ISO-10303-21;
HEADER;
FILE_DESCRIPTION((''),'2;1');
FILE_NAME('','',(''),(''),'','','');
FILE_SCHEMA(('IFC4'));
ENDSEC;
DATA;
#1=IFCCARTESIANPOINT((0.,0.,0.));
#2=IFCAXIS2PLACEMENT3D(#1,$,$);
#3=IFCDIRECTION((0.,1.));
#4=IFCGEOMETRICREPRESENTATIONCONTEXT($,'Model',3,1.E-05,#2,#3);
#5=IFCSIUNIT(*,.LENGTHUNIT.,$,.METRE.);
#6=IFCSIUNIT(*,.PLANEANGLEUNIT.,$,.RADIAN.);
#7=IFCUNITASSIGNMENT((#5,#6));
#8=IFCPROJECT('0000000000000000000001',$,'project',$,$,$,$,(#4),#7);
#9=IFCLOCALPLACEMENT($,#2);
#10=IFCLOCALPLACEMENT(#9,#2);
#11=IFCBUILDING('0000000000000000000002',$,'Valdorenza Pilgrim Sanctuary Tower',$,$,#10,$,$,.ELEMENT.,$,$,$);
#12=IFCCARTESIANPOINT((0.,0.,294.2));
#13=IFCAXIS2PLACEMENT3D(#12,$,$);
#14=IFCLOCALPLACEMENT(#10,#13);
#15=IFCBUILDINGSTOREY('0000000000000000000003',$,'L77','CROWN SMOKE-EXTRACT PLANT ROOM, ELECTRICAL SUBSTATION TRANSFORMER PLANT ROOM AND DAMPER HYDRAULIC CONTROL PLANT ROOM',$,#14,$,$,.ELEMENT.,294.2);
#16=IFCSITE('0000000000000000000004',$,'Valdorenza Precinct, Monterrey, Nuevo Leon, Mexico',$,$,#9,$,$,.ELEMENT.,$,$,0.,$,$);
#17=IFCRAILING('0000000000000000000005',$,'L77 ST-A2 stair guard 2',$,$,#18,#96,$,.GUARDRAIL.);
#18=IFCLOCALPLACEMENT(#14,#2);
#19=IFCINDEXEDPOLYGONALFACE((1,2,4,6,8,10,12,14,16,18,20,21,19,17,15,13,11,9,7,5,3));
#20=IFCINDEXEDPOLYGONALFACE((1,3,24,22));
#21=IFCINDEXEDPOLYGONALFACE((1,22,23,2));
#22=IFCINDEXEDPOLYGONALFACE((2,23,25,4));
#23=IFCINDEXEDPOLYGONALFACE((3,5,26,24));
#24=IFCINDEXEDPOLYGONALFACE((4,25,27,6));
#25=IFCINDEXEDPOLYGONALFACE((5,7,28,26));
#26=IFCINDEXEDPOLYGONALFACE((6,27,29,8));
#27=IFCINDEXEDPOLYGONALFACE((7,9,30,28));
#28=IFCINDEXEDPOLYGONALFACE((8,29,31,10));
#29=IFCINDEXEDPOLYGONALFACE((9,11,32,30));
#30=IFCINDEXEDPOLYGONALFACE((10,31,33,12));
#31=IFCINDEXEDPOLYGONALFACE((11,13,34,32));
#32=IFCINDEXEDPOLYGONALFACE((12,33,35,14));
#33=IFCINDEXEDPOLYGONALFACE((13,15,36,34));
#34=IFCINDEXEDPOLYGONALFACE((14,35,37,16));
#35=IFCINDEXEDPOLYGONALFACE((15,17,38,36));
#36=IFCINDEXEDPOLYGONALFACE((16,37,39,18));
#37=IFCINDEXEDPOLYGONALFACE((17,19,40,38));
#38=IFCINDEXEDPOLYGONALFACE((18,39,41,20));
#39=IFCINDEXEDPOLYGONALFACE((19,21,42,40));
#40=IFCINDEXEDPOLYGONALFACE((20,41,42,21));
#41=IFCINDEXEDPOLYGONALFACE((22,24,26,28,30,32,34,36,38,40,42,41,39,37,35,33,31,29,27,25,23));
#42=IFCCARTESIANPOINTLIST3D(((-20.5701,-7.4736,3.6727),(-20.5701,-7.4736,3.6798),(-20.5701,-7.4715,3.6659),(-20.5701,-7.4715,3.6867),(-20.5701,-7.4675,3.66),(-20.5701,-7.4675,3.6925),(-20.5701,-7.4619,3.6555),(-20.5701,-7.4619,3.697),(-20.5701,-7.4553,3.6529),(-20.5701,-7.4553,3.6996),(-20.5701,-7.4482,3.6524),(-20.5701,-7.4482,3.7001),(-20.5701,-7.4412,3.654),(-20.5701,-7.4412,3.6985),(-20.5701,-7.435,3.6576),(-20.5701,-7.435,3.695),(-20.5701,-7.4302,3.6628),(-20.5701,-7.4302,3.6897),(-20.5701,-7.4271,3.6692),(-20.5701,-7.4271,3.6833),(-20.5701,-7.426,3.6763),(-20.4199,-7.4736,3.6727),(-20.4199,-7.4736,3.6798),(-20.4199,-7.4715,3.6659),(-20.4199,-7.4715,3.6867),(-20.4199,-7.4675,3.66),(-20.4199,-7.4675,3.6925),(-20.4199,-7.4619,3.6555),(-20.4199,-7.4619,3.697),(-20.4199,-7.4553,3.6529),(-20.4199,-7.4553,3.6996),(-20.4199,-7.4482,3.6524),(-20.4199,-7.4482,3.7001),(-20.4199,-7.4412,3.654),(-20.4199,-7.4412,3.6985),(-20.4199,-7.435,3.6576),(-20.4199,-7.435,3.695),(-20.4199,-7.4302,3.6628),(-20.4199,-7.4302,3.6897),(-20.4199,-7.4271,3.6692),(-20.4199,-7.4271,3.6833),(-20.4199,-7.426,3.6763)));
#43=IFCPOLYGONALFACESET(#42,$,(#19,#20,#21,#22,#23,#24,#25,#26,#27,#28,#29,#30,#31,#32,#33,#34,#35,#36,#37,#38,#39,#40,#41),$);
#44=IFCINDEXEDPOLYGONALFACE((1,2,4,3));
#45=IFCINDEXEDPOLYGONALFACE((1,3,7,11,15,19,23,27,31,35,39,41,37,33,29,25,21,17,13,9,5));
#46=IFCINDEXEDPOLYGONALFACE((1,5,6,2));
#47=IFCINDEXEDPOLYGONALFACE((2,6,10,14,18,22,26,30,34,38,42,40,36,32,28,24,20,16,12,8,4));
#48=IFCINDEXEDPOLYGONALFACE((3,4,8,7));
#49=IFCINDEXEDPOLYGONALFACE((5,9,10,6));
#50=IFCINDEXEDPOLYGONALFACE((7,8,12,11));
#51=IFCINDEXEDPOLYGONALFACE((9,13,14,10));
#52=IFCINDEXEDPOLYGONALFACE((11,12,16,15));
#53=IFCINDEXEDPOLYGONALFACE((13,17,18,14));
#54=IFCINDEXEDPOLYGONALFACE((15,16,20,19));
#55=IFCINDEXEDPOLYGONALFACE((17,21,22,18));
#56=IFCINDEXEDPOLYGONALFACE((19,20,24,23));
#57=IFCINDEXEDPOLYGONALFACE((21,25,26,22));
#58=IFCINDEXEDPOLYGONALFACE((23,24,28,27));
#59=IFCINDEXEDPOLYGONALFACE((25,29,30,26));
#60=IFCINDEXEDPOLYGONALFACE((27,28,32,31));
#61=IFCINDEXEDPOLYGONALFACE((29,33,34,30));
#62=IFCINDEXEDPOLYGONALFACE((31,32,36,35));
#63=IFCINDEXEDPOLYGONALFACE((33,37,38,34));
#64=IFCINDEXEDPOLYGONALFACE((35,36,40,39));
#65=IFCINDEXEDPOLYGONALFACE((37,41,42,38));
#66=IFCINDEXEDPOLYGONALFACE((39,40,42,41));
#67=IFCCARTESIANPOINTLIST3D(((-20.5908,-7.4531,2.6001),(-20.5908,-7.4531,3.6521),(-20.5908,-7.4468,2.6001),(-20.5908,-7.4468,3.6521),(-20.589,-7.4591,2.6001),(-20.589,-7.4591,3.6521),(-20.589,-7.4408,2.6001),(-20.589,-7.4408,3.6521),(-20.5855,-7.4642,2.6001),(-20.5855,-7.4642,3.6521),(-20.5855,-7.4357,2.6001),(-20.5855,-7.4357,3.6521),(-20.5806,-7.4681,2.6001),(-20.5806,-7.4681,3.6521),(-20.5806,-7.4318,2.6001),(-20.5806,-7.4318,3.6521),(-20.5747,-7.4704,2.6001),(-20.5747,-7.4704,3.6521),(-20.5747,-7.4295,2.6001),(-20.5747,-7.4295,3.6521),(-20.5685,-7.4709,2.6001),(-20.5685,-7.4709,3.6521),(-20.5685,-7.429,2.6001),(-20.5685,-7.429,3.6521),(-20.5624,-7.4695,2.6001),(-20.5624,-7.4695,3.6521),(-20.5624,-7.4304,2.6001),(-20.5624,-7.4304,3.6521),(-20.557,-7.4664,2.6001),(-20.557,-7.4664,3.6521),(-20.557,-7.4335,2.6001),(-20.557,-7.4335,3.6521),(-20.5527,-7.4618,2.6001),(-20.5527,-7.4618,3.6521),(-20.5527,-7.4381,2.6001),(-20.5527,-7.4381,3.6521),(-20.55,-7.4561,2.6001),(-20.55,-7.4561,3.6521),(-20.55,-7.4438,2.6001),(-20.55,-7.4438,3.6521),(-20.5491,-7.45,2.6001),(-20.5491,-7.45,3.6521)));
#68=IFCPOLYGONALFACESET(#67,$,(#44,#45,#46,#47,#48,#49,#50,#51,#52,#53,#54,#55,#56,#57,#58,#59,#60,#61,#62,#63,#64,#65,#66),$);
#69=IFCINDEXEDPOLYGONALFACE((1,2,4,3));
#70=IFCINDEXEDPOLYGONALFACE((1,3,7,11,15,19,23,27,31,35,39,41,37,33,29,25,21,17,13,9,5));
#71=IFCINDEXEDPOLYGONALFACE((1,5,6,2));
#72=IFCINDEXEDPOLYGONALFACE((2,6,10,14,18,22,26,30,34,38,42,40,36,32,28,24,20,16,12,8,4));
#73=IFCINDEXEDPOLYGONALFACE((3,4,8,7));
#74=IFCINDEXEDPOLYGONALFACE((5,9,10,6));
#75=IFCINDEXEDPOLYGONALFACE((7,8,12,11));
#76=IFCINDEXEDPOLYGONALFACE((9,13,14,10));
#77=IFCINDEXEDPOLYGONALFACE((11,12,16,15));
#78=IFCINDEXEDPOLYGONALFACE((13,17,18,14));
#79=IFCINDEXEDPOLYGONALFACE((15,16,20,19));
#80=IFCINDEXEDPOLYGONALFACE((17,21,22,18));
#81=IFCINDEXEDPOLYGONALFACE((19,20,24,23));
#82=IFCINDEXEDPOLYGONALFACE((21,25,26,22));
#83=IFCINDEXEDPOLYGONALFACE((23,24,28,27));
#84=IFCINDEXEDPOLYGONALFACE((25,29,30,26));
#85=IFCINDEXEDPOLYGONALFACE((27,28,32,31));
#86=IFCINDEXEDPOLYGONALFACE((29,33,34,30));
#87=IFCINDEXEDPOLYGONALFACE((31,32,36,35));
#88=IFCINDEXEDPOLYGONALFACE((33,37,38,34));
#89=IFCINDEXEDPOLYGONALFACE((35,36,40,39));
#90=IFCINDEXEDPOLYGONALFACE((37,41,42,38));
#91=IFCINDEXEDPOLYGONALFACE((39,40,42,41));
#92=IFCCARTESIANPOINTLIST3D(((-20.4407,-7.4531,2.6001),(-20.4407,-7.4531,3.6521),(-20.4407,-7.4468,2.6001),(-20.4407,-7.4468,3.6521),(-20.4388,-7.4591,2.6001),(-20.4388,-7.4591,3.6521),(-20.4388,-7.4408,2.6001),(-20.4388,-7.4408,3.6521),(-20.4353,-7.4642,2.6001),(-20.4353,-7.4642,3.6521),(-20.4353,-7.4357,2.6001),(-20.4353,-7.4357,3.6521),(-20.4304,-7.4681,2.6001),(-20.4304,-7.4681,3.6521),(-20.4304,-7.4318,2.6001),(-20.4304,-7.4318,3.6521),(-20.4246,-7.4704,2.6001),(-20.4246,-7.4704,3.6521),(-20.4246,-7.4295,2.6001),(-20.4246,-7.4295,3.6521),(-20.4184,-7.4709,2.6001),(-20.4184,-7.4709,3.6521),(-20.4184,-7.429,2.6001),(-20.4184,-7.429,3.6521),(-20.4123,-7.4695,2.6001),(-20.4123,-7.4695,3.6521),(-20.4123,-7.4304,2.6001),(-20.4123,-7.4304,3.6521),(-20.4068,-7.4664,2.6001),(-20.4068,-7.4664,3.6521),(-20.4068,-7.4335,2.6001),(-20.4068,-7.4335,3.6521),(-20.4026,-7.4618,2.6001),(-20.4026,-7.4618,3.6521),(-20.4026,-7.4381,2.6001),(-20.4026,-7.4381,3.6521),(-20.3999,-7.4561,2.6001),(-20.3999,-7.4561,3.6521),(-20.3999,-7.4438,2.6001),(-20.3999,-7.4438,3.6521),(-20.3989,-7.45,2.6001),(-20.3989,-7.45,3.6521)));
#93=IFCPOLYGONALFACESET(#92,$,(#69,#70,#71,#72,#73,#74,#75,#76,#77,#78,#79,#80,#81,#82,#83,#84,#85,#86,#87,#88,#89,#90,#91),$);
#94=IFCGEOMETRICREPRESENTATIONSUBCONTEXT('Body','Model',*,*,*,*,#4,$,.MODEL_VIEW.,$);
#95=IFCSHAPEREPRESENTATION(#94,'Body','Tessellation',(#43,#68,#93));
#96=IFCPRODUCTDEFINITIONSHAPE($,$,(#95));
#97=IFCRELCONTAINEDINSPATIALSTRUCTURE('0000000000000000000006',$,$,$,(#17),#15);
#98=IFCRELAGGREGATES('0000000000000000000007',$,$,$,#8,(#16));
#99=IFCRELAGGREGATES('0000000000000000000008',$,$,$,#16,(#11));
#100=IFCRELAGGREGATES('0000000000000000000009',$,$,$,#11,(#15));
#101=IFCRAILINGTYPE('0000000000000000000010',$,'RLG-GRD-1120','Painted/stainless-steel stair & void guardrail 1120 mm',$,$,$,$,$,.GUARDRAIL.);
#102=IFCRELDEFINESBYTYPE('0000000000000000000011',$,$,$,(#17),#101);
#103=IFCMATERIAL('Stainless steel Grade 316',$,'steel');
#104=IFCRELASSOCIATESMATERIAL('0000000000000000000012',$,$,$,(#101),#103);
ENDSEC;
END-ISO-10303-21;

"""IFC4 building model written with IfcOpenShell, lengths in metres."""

from ifc_helpers import new_model, si_unit, direction, frame, origin, origin_2d, place, context, subcontext, project, spatial, circle, extrude, material, type_object, element, save


model = new_model("IFC4")

# Units and contexts
model_context = context("Model", 3, precision=1e-05, world=origin(), true_north=direction((0.0, 1.0)))
body_context = subcontext(model_context, "Body", "Model", "MODEL_VIEW")
ifc_project = project(units=[si_unit("LENGTHUNIT", "METRE"), si_unit("PLANEANGLEUNIT", "RADIAN")], contexts=[model_context])

# Site, building, storey
site_placement = place(None, origin())
site = spatial("IfcSite", under=ifc_project, at=site_placement, Name="Valdorenza Precinct, Monterrey, Nuevo Leon, Mexico", CompositionType="ELEMENT", RefElevation=0.0)
building_placement = place(site_placement, origin())
building = spatial("IfcBuilding", under=site, at=building_placement, Name="Valdorenza Pilgrim Sanctuary Tower", CompositionType="ELEMENT")
storey_placement = place(building_placement, frame((0.0, 0.0, 294.2)))
storey = spatial("IfcBuildingStorey", under=building, at=storey_placement, Name="L77", Description="CROWN SMOKE-EXTRACT PLANT ROOM, ELECTRICAL SUBSTATION TRANSFORMER PLANT ROOM AND DAMPER HYDRAULIC CONTROL PLANT ROOM", CompositionType="ELEMENT", Elevation=294.2)

# Railing
ifc_material_1 = material(Name="Stainless steel Grade 316", Category="steel")
railing_type_1 = type_object("IfcRailingType", Name="RLG-GRD-1120", Description="Painted/stainless-steel stair & void guardrail 1120 mm", PredefinedType="GUARDRAIL", material=ifc_material_1)
railing_1_placement = place(storey_placement, frame((-20.5701, -7.45, 2.6001)))
element("IfcRailing", 1, at=railing_1_placement, inside=storey, type_object=railing_type_1, Name="L77 ST-A2 stair guard 2", PredefinedType="GUARDRAIL", context=body_context, shape_type="SweptSolid", body=[
    extrude(circle(Radius=0.0239, at=origin_2d()), frame((0.0, 0.0, 1.0762), z_axis=(1.0, 0.0, 0.0), x_axis=(0.0, 1.0, 0.0)), (0.0, 0.0, 1.0), 0.1501),
    extrude(circle(Radius=0.021, at=origin_2d()), origin(), (0.0, 0.0, 1.0), 1.052),
    extrude(circle(Radius=0.021, at=origin_2d()), frame((0.1501, 0.0, 0.0)), (0.0, 0.0, 1.0), 1.052),
])

save(model, "model.ifc")
